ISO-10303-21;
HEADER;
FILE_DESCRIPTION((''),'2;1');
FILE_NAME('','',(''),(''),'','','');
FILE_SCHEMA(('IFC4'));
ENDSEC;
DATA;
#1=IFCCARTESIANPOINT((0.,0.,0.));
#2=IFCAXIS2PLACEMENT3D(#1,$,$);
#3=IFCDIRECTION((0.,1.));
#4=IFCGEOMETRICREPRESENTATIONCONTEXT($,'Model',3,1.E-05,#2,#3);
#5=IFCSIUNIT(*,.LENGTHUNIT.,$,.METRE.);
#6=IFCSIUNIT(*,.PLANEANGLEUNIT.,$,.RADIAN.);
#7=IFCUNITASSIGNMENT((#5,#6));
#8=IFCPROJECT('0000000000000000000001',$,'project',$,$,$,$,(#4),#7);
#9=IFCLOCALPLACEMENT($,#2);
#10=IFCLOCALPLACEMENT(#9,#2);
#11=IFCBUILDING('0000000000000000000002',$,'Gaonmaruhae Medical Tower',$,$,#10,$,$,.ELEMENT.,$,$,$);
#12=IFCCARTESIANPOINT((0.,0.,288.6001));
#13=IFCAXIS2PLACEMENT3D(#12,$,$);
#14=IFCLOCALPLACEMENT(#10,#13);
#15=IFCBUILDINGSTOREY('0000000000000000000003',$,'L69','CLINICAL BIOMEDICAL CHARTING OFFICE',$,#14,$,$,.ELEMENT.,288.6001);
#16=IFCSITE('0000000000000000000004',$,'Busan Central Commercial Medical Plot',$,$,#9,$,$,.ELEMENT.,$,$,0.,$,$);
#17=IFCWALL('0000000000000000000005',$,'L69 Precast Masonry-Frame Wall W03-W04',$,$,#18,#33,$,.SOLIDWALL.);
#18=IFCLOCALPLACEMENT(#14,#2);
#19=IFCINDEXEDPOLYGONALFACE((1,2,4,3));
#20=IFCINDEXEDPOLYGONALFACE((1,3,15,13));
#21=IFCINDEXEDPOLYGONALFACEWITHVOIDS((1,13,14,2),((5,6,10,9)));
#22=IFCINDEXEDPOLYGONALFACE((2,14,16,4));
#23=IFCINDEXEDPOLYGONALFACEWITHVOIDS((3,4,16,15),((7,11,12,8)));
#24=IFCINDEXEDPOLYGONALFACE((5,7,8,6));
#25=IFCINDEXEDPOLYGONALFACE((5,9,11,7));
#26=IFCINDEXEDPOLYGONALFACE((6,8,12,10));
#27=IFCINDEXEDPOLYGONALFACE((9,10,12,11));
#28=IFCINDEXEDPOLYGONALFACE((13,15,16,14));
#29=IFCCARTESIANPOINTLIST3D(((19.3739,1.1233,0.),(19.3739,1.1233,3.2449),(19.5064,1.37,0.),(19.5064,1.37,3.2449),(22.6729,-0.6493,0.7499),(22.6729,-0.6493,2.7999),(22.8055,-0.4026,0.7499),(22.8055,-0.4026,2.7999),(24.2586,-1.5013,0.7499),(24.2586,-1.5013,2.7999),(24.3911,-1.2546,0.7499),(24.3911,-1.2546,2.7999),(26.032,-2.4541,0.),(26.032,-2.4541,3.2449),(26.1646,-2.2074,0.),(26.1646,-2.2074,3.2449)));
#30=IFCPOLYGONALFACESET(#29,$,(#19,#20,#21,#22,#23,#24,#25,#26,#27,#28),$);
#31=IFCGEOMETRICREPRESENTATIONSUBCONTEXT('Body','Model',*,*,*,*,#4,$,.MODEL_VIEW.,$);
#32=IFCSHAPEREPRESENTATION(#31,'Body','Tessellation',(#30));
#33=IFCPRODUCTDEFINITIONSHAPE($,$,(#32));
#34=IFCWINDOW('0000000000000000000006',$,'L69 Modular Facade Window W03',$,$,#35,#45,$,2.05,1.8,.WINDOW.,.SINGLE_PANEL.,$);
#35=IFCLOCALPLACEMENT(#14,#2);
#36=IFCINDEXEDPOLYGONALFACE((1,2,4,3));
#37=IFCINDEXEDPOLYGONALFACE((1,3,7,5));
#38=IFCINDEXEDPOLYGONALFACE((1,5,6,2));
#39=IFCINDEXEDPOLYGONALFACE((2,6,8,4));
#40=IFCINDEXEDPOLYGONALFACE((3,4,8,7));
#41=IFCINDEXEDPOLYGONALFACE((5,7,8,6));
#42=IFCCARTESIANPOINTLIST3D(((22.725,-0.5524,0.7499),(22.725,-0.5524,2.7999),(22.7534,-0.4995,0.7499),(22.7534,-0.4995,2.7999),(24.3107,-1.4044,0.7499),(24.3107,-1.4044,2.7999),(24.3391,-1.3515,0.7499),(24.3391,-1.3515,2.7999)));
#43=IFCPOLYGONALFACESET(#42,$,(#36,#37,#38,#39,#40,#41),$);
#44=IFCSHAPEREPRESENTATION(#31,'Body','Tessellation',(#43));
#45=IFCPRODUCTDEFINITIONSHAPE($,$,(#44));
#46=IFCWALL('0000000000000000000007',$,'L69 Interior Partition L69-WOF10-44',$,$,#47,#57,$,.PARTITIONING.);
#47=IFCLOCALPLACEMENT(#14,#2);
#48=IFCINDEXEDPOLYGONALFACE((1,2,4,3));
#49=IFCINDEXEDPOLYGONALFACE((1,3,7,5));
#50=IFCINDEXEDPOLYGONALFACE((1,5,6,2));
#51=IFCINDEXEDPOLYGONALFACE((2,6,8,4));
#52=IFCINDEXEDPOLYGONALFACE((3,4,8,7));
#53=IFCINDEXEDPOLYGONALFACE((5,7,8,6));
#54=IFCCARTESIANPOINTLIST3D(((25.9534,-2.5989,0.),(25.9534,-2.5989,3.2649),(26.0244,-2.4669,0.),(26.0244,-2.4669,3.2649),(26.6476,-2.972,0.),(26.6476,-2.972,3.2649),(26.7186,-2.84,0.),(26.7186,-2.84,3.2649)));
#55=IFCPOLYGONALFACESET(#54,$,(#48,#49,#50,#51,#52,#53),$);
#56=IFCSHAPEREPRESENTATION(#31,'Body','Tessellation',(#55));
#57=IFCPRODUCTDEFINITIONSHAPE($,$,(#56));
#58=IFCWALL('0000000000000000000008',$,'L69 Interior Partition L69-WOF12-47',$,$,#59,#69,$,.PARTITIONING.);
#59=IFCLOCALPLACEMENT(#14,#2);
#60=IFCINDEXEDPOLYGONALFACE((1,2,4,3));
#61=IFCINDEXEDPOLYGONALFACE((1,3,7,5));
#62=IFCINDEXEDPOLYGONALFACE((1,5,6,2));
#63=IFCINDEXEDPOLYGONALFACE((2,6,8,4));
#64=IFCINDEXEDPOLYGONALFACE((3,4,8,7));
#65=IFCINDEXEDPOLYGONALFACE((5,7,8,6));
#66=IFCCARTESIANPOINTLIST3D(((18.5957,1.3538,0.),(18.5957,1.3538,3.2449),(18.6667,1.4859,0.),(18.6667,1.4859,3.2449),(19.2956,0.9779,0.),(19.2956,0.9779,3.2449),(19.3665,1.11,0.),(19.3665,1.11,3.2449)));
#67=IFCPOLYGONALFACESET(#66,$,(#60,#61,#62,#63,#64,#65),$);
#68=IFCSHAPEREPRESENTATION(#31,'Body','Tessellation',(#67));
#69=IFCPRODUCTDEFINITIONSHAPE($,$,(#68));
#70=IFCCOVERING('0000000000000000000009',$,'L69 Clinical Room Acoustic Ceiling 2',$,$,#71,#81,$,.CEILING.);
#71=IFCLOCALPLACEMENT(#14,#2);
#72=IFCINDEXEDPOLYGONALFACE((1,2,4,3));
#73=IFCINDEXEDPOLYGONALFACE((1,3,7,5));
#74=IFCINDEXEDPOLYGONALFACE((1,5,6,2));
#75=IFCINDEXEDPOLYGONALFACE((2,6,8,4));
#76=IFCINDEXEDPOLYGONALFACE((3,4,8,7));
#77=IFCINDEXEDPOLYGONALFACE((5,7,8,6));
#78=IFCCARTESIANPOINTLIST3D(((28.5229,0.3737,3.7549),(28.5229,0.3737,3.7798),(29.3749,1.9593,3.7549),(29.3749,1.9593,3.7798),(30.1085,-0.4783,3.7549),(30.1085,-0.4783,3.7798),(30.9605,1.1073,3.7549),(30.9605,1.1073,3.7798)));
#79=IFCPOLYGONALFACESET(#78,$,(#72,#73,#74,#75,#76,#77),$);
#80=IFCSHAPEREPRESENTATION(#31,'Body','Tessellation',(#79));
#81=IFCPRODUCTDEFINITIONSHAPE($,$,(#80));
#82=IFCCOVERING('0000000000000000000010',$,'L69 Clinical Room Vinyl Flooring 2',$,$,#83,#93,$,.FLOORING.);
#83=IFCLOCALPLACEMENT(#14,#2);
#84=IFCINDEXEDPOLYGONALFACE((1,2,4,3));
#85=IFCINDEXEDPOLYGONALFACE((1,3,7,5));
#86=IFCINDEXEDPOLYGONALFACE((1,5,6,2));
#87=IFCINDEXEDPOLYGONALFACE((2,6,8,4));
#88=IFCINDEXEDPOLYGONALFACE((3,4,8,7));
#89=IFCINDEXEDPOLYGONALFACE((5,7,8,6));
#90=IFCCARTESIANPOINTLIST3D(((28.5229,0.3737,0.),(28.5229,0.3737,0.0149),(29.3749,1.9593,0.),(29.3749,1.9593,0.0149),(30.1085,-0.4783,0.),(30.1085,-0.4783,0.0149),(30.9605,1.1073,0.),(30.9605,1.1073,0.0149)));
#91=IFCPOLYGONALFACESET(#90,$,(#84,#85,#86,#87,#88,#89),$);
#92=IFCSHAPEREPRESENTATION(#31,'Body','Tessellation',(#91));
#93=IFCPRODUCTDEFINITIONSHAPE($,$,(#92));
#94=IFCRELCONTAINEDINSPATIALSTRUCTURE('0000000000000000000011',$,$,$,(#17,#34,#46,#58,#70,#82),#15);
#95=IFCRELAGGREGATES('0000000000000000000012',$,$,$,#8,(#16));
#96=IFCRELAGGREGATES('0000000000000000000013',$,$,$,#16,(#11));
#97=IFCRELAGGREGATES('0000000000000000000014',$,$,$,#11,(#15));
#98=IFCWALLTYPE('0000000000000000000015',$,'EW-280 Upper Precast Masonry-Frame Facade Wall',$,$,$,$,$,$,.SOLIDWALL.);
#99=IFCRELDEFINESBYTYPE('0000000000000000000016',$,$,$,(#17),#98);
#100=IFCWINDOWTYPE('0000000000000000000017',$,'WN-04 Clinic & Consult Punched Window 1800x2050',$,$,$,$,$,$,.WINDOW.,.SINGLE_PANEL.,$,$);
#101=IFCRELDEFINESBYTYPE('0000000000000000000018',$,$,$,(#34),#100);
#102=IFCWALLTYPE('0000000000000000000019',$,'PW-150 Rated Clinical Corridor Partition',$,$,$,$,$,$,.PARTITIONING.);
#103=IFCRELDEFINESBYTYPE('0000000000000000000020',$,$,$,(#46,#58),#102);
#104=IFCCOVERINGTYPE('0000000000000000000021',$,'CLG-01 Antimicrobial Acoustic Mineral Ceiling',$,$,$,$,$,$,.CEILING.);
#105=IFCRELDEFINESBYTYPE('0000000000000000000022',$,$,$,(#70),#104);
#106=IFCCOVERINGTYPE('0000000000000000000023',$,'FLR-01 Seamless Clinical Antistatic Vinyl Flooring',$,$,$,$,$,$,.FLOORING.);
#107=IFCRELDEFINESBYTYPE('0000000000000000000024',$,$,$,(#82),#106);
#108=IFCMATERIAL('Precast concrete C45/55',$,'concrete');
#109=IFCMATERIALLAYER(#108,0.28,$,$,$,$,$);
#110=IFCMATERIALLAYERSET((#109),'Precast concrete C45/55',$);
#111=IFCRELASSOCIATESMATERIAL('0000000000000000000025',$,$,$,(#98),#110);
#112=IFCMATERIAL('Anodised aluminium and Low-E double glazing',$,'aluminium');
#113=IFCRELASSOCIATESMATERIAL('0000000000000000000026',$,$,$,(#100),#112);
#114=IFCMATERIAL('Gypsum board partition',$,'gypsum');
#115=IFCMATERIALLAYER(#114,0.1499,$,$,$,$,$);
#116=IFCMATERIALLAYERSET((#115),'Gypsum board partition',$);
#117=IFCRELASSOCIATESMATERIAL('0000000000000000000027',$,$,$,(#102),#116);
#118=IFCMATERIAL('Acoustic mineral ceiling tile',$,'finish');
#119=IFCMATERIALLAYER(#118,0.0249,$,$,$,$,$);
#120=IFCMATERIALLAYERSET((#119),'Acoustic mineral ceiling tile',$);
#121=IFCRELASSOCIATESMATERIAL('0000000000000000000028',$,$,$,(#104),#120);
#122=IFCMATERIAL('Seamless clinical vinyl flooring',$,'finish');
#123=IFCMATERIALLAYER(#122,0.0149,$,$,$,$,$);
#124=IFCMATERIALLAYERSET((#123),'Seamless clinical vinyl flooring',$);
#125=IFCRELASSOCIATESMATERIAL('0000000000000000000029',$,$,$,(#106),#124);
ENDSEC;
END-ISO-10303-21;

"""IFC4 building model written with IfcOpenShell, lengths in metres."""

from ifc_helpers import new_model, si_unit, direction, frame, frame_2d, origin, origin_2d, place, context, subcontext, project, spatial, rectangle, extrude, material, layer, layer_set, type_object, element, fill, save


model = new_model("IFC4")

# Units and contexts
model_context = context("Model", 3, precision=1e-05, world=origin(), true_north=direction((0.0, 1.0)))
body_context = subcontext(model_context, "Body", "Model", "MODEL_VIEW")
ifc_project = project(units=[si_unit("LENGTHUNIT", "METRE"), si_unit("PLANEANGLEUNIT", "RADIAN")], contexts=[model_context])

# Site, building, storey
site_placement = place(None, origin())
site = spatial("IfcSite", under=ifc_project, at=site_placement, Name="Busan Central Commercial Medical Plot", CompositionType="ELEMENT", RefElevation=0.0)
building_placement = place(site_placement, origin())
building = spatial("IfcBuilding", under=site, at=building_placement, Name="Gaonmaruhae Medical Tower", CompositionType="ELEMENT")
storey_placement = place(building_placement, frame((0.0, 0.0, 288.6001)))
storey = spatial("IfcBuildingStorey", under=building, at=storey_placement, Name="L69", Description="CLINICAL BIOMEDICAL CHARTING OFFICE", CompositionType="ELEMENT", Elevation=288.6001)

# Shared definitions
ifc_material_1 = material(Name="Precast concrete C45/55", Category="concrete")

# Shared definitions
ifc_layer_1 = layer(ifc_material_1, 0.28)
ifc_layer_set_1 = layer_set([ifc_layer_1], Name="Precast concrete C45/55")
wall_type_1 = type_object("IfcWallType", Name="EW-280 Upper Precast Masonry-Frame Facade Wall", PredefinedType="SOLIDWALL", material=ifc_layer_set_1)

# Wall, opening, window
wall_1_placement = place(storey_placement, frame((26.0984, -2.3308, 0.0), z_axis=(0.0, 0.0, 1.0), x_axis=(-0.880901, 0.4733, 0.0)))
wall_1 = element("IfcWall", 1, at=wall_1_placement, inside=storey, type_object=wall_type_1, Name="L69 Precast Masonry-Frame Wall W03-W04", PredefinedType="SOLIDWALL", context=body_context, shape_type="SweptSolid", body=[
    extrude(rectangle(XDim=7.5583, YDim=0.28, at=frame_2d((3.7793, 0.0))), origin(), (0.0, 0.0, 1.0), 3.2449),
])
opening_1_placement = place(wall_1_placement, frame((2.0134, 0.0, 0.75)))
opening_1 = element("IfcOpeningElement", 2, at=opening_1_placement, cuts=wall_1, PredefinedType="OPENING", context=body_context, shape_type="SweptSolid", body=[
    extrude(rectangle(XDim=1.8, YDim=2.05, at=frame_2d((0.8999, 1.0249))), frame((0.0, 0.1499, 0.0), z_axis=(0.0, -1.0, 0.0), x_axis=(1.0, 0.0, 0.0)), (0.0, 0.0, 1.0), 0.3),
])
ifc_material_2 = material(Name="Anodised aluminium and Low-E double glazing", Category="aluminium")
window_type = type_object("IfcWindowType", Name="WN-04 Clinic & Consult Punched Window 1800x2050", PartitioningType="SINGLE_PANEL", PredefinedType="WINDOW", material=ifc_material_2)
window_placement = place(opening_1_placement, origin())
window = element("IfcWindow", 3, at=window_placement, inside=storey, type_object=window_type, Name="L69 Modular Facade Window W03", OverallHeight=2.05, OverallWidth=1.8, PartitioningType="SINGLE_PANEL", PredefinedType="WINDOW", context=body_context, shape_type="SweptSolid", body=[
    extrude(rectangle(XDim=1.8, YDim=2.05, at=frame_2d((0.8999, 1.0249))), frame((0.0, 0.03, 0.0), z_axis=(0.0, -1.0, 0.0), x_axis=(1.0, 0.0, 0.0)), (0.0, 0.0, 1.0), 0.0601),
])
fill(opening_1, window)

# Walls
ifc_material_3 = material(Name="Gypsum board partition", Category="gypsum")
ifc_layer_2 = layer(ifc_material_3, 0.1499)
ifc_layer_set_2 = layer_set([ifc_layer_2], Name="Gypsum board partition")
wall_type_2 = type_object("IfcWallType", Name="PW-150 Rated Clinical Corridor Partition", PredefinedType="PARTITIONING", material=ifc_layer_set_2)
wall_2_placement = place(storey_placement, frame((26.6831, -2.906, 0.0), z_axis=(0.0, 0.0, 1.0), x_axis=(-0.880839, 0.473416, 0.0)))
element("IfcWall", 4, at=wall_2_placement, inside=storey, type_object=wall_type_2, Name="L69 Interior Partition L69-WOF10-44", PredefinedType="PARTITIONING", context=body_context, shape_type="SweptSolid", body=[
    extrude(rectangle(XDim=0.7881, YDim=0.1499, at=frame_2d((0.394, 0.0))), origin(), (0.0, 0.0, 1.0), 3.2649),
])
wall_3_placement = place(storey_placement, frame((19.3311, 1.0439, 0.0), z_axis=(0.0, 0.0, 1.0), x_axis=(-0.880954, 0.473202, 0.0)))
element("IfcWall", 5, at=wall_3_placement, inside=storey, type_object=wall_type_2, Name="L69 Interior Partition L69-WOF12-47", PredefinedType="PARTITIONING", context=body_context, shape_type="SweptSolid", body=[
    extrude(rectangle(XDim=0.7944, YDim=0.1499, at=frame_2d((0.3972, 0.0))), origin(), (0.0, 0.0, 1.0), 3.2449),
])

# Coverings
ifc_material_4 = material(Name="Acoustic mineral ceiling tile", Category="finish")
ifc_layer_3 = layer(ifc_material_4, 0.0249)
ifc_layer_set_3 = layer_set([ifc_layer_3], Name="Acoustic mineral ceiling tile")
covering_type_1 = type_object("IfcCoveringType", Name="CLG-01 Antimicrobial Acoustic Mineral Ceiling", PredefinedType="CEILING", material=ifc_layer_set_3)
covering_1_placement = place(storey_placement, frame((29.7417, 0.7405, 3.7549), z_axis=(0.0, 0.0, 1.0), x_axis=(0.47332, 0.880891, 0.0)))
element("IfcCovering", 6, at=covering_1_placement, inside=storey, type_object=covering_type_1, Name="L69 Clinical Room Acoustic Ceiling 2", PredefinedType="CEILING", context=body_context, shape_type="SweptSolid", body=[
    extrude(rectangle(XDim=1.8, YDim=1.8, at=origin_2d()), origin(), (0.0, 0.0, 1.0), 0.0249),
])
ifc_material_5 = material(Name="Seamless clinical vinyl flooring", Category="finish")
ifc_layer_4 = layer(ifc_material_5, 0.0149)
ifc_layer_set_4 = layer_set([ifc_layer_4], Name="Seamless clinical vinyl flooring")
covering_type_2 = type_object("IfcCoveringType", Name="FLR-01 Seamless Clinical Antistatic Vinyl Flooring", PredefinedType="FLOORING", material=ifc_layer_set_4)
covering_2_placement = place(storey_placement, frame((29.7417, 0.7405, 0.0), z_axis=(0.0, 0.0, 1.0), x_axis=(0.47332, 0.880891, 0.0)))
element("IfcCovering", 7, at=covering_2_placement, inside=storey, type_object=covering_type_2, Name="L69 Clinical Room Vinyl Flooring 2", PredefinedType="FLOORING", context=body_context, shape_type="SweptSolid", body=[
    extrude(rectangle(XDim=1.8, YDim=1.8, at=origin_2d()), origin(), (0.0, 0.0, 1.0), 0.0149),
])

save(model, "model.ifc")
